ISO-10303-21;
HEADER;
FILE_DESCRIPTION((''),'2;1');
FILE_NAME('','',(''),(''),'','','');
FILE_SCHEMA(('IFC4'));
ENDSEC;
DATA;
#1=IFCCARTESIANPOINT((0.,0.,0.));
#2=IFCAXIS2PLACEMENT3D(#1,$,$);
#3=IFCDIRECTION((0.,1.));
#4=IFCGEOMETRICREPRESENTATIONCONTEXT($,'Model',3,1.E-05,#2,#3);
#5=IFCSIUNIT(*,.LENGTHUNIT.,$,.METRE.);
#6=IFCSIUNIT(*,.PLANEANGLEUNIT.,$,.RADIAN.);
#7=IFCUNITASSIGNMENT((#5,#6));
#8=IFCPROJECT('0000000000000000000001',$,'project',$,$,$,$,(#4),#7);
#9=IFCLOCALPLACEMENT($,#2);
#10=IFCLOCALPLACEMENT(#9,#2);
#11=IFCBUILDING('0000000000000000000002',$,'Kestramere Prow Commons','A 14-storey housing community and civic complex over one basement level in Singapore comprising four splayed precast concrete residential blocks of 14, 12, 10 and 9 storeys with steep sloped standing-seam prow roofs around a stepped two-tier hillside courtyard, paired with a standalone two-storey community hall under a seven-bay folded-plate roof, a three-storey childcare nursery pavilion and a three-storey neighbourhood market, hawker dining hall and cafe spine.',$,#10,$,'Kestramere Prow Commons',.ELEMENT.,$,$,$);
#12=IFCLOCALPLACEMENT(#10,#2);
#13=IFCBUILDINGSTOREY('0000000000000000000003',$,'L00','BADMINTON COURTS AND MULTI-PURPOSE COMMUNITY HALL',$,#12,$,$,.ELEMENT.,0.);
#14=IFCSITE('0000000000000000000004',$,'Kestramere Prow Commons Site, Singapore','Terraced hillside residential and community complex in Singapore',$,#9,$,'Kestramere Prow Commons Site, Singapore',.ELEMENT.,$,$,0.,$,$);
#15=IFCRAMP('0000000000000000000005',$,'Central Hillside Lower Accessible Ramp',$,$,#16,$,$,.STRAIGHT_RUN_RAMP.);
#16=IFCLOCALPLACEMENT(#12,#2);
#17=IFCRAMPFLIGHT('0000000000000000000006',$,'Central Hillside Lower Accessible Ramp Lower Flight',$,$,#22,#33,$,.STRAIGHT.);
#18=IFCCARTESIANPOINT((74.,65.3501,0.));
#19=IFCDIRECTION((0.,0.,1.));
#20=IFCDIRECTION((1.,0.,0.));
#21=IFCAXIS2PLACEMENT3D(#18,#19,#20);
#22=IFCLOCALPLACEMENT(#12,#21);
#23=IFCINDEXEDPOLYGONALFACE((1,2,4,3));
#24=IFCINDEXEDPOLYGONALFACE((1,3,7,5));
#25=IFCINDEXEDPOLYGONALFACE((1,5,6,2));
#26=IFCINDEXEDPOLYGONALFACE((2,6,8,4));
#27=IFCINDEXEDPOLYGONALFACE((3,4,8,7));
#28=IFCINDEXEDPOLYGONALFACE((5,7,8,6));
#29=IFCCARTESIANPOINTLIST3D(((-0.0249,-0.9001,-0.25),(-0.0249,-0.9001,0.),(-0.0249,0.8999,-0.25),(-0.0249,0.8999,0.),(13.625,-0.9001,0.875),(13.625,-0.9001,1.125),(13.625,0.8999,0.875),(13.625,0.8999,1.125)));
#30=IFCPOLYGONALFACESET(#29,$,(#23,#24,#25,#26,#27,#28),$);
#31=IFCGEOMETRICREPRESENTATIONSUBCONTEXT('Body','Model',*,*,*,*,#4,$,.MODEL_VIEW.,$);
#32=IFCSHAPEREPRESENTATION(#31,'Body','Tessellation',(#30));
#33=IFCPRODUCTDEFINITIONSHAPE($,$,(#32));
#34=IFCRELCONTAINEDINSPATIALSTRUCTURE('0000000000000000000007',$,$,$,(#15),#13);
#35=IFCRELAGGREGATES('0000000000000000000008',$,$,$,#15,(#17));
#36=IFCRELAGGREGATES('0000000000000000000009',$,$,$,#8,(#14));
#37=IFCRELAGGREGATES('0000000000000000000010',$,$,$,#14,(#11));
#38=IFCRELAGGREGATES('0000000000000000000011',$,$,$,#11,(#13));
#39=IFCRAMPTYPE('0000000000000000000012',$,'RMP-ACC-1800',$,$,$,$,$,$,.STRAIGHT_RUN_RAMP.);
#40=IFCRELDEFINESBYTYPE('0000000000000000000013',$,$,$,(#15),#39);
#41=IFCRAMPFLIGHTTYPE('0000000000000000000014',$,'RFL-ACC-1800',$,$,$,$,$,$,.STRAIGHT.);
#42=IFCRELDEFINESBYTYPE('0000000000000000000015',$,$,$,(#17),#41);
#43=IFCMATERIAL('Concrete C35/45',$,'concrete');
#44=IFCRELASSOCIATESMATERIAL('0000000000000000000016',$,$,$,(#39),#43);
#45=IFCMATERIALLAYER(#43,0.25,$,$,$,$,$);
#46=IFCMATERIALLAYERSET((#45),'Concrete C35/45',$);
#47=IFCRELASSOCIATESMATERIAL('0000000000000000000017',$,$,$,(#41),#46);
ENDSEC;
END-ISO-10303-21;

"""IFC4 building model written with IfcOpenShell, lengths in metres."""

from ifc_helpers import new_model, si_unit, direction, frame, origin, place, context, subcontext, project, spatial, polyline, outline, extrude, material, layer, layer_set, type_object, element, aggregate, save


model = new_model("IFC4")

# Units and contexts
model_context = context("Model", 3, precision=1e-05, world=origin(), true_north=direction((0.0, 1.0)))
body_context = subcontext(model_context, "Body", "Model", "MODEL_VIEW")
ifc_project = project(units=[si_unit("LENGTHUNIT", "METRE"), si_unit("PLANEANGLEUNIT", "RADIAN")], contexts=[model_context])

# Site, building, storey
site_placement = place(None, origin())
site = spatial("IfcSite", under=ifc_project, at=site_placement, Name="Kestramere Prow Commons Site, Singapore", Description="Terraced hillside residential and community complex in Singapore", LongName="Kestramere Prow Commons Site, Singapore", CompositionType="ELEMENT", RefElevation=0.0)
building_placement = place(site_placement, origin())
building = spatial("IfcBuilding", under=site, at=building_placement, Name="Kestramere Prow Commons", Description="A 14-storey housing community and civic complex over one basement level in Singapore comprising four splayed precast concrete residential blocks of 14, 12, 10 and 9 storeys with steep sloped standing-seam prow roofs around a stepped two-tier hillside courtyard, paired with a standalone two-storey community hall under a seven-bay folded-plate roof, a three-storey childcare nursery pavilion and a three-storey neighbourhood market, hawker dining hall and cafe spine.", LongName="Kestramere Prow Commons", CompositionType="ELEMENT")
storey_placement = place(building_placement, origin())
storey = spatial("IfcBuildingStorey", under=building, at=storey_placement, Name="L00", Description="BADMINTON COURTS AND MULTI-PURPOSE COMMUNITY HALL", CompositionType="ELEMENT", Elevation=0.0)

# Shared definitions
ifc_material_1 = material(Name="Concrete C35/45", Category="concrete")

# Ramp, ramp flight
ramp_type = type_object("IfcRampType", Name="RMP-ACC-1800", PredefinedType="STRAIGHT_RUN_RAMP", material=ifc_material_1)
ramp_placement = place(storey_placement, origin())
ramp = element("IfcRamp", 1, at=ramp_placement, inside=storey, type_object=ramp_type, Name="Central Hillside Lower Accessible Ramp", PredefinedType="STRAIGHT_RUN_RAMP")
ifc_layer_1 = layer(ifc_material_1, 0.25)
ifc_layer_set_1 = layer_set([ifc_layer_1], Name="Concrete C35/45")
ramp_flight_type = type_object("IfcRampFlightType", Name="RFL-ACC-1800", PredefinedType="STRAIGHT", material=ifc_layer_set_1)
ramp_flight_placement = place(storey_placement, frame((74.0, 65.3501, 0.0), z_axis=(0.0, 0.0, 1.0), x_axis=(1.0, 0.0, 0.0)))
ramp_flight = element("IfcRampFlight", 2, at=ramp_flight_placement, type_object=ramp_flight_type, Name="Central Hillside Lower Accessible Ramp Lower Flight", PredefinedType="STRAIGHT", context=body_context, shape_type="SweptSolid", body=[
    extrude(outline(polyline([(-0.0249, 0.0), (13.625, 1.125), (13.625, 0.875), (-0.0249, -0.25), (-0.0249, 0.0)])), frame((0.0, 0.8999, 0.0), z_axis=(0.0, -1.0, 0.0), x_axis=(1.0, 0.0, 0.0)), (0.0, 0.0, 1.0), 1.8),
])
aggregate(ramp, [ramp_flight])

save(model, "model.ifc")
